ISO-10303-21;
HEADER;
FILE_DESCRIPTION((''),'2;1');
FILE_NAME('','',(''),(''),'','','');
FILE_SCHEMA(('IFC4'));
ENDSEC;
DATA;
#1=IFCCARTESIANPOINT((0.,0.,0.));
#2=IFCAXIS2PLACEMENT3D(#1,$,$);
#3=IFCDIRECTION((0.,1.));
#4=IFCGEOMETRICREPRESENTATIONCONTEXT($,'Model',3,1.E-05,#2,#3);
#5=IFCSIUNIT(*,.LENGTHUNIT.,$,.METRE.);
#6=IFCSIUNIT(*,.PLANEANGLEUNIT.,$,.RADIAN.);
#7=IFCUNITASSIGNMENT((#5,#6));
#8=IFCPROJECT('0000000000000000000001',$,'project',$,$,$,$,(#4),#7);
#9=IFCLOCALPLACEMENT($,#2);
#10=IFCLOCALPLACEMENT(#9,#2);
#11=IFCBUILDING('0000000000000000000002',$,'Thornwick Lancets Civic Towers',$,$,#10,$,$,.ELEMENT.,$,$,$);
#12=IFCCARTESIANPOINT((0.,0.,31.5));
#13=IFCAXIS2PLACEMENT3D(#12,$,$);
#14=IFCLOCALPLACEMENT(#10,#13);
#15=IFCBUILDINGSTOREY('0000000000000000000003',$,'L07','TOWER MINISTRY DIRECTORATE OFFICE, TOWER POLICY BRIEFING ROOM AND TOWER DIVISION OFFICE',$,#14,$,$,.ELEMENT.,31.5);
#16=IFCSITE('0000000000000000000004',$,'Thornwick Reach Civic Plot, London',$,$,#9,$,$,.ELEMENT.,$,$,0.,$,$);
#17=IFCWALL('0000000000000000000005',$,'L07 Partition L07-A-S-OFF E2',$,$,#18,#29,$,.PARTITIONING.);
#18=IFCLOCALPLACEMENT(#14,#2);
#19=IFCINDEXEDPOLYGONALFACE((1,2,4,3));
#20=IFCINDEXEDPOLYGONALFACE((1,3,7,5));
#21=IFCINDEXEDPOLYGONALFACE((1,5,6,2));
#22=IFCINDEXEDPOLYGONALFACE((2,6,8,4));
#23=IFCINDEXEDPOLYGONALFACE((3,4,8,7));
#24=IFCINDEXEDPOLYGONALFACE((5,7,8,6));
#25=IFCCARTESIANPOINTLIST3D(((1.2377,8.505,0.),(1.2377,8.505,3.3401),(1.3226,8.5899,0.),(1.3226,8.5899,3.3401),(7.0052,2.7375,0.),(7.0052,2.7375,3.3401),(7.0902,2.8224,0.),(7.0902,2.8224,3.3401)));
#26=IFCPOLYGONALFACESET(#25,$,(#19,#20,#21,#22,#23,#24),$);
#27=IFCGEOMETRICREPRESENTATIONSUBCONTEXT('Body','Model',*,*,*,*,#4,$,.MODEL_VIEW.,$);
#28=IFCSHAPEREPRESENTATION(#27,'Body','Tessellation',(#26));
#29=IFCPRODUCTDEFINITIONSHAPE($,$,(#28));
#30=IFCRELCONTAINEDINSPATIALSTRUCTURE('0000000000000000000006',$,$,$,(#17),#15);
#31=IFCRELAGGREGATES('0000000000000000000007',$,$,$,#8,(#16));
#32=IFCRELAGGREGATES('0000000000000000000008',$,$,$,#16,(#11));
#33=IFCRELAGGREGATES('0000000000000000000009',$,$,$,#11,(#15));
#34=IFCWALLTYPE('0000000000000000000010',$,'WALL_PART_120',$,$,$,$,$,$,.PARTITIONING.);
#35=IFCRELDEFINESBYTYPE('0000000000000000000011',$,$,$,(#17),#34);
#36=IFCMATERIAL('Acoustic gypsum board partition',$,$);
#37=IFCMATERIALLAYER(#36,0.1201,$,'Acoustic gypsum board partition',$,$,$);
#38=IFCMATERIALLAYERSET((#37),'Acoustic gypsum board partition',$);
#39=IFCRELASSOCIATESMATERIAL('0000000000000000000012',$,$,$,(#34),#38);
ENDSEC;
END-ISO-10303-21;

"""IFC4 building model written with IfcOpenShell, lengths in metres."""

from ifc_helpers import new_model, si_unit, direction, frame, frame_2d, origin, place, context, subcontext, project, spatial, rectangle, extrude, material, layer, layer_set, type_object, element, save


model = new_model("IFC4")

# Units and contexts
model_context = context("Model", 3, precision=1e-05, world=origin(), true_north=direction((0.0, 1.0)))
body_context = subcontext(model_context, "Body", "Model", "MODEL_VIEW")
ifc_project = project(units=[si_unit("LENGTHUNIT", "METRE"), si_unit("PLANEANGLEUNIT", "RADIAN")], contexts=[model_context])

# Site, building, storey
site_placement = place(None, origin())
site = spatial("IfcSite", under=ifc_project, at=site_placement, Name="Thornwick Reach Civic Plot, London", CompositionType="ELEMENT", RefElevation=0.0)
building_placement = place(site_placement, origin())
building = spatial("IfcBuilding", under=site, at=building_placement, Name="Thornwick Lancets Civic Towers", CompositionType="ELEMENT")
storey_placement = place(building_placement, frame((0.0, 0.0, 31.5)))
storey = spatial("IfcBuildingStorey", under=building, at=storey_placement, Name="L07", Description="TOWER MINISTRY DIRECTORATE OFFICE, TOWER POLICY BRIEFING ROOM AND TOWER DIVISION OFFICE", CompositionType="ELEMENT", Elevation=31.5)

# Wall
ifc_material_1 = material(Name="Acoustic gypsum board partition")
ifc_layer_1 = layer(ifc_material_1, 0.1201, Name="Acoustic gypsum board partition")
ifc_layer_set_1 = layer_set([ifc_layer_1], Name="Acoustic gypsum board partition")
wall_type_1 = type_object("IfcWallType", Name="WALL_PART_120", PredefinedType="PARTITIONING", material=ifc_layer_set_1)
wall_1_placement = place(storey_placement, frame((7.0476, 2.78, 0.0), z_axis=(0.0, 0.0, 1.0), x_axis=(-0.707107, 0.707107, 0.0)))
element("IfcWall", 1, at=wall_1_placement, inside=storey, type_object=wall_type_1, Name="L07 Partition L07-A-S-OFF E2", PredefinedType="PARTITIONING", context=body_context, shape_type="SweptSolid", body=[
    extrude(rectangle(XDim=8.1565, YDim=0.1201, at=frame_2d((4.0781, 0.0))), origin(), (0.0, 0.0, 1.0), 3.3401),
])

save(model, "model.ifc")
